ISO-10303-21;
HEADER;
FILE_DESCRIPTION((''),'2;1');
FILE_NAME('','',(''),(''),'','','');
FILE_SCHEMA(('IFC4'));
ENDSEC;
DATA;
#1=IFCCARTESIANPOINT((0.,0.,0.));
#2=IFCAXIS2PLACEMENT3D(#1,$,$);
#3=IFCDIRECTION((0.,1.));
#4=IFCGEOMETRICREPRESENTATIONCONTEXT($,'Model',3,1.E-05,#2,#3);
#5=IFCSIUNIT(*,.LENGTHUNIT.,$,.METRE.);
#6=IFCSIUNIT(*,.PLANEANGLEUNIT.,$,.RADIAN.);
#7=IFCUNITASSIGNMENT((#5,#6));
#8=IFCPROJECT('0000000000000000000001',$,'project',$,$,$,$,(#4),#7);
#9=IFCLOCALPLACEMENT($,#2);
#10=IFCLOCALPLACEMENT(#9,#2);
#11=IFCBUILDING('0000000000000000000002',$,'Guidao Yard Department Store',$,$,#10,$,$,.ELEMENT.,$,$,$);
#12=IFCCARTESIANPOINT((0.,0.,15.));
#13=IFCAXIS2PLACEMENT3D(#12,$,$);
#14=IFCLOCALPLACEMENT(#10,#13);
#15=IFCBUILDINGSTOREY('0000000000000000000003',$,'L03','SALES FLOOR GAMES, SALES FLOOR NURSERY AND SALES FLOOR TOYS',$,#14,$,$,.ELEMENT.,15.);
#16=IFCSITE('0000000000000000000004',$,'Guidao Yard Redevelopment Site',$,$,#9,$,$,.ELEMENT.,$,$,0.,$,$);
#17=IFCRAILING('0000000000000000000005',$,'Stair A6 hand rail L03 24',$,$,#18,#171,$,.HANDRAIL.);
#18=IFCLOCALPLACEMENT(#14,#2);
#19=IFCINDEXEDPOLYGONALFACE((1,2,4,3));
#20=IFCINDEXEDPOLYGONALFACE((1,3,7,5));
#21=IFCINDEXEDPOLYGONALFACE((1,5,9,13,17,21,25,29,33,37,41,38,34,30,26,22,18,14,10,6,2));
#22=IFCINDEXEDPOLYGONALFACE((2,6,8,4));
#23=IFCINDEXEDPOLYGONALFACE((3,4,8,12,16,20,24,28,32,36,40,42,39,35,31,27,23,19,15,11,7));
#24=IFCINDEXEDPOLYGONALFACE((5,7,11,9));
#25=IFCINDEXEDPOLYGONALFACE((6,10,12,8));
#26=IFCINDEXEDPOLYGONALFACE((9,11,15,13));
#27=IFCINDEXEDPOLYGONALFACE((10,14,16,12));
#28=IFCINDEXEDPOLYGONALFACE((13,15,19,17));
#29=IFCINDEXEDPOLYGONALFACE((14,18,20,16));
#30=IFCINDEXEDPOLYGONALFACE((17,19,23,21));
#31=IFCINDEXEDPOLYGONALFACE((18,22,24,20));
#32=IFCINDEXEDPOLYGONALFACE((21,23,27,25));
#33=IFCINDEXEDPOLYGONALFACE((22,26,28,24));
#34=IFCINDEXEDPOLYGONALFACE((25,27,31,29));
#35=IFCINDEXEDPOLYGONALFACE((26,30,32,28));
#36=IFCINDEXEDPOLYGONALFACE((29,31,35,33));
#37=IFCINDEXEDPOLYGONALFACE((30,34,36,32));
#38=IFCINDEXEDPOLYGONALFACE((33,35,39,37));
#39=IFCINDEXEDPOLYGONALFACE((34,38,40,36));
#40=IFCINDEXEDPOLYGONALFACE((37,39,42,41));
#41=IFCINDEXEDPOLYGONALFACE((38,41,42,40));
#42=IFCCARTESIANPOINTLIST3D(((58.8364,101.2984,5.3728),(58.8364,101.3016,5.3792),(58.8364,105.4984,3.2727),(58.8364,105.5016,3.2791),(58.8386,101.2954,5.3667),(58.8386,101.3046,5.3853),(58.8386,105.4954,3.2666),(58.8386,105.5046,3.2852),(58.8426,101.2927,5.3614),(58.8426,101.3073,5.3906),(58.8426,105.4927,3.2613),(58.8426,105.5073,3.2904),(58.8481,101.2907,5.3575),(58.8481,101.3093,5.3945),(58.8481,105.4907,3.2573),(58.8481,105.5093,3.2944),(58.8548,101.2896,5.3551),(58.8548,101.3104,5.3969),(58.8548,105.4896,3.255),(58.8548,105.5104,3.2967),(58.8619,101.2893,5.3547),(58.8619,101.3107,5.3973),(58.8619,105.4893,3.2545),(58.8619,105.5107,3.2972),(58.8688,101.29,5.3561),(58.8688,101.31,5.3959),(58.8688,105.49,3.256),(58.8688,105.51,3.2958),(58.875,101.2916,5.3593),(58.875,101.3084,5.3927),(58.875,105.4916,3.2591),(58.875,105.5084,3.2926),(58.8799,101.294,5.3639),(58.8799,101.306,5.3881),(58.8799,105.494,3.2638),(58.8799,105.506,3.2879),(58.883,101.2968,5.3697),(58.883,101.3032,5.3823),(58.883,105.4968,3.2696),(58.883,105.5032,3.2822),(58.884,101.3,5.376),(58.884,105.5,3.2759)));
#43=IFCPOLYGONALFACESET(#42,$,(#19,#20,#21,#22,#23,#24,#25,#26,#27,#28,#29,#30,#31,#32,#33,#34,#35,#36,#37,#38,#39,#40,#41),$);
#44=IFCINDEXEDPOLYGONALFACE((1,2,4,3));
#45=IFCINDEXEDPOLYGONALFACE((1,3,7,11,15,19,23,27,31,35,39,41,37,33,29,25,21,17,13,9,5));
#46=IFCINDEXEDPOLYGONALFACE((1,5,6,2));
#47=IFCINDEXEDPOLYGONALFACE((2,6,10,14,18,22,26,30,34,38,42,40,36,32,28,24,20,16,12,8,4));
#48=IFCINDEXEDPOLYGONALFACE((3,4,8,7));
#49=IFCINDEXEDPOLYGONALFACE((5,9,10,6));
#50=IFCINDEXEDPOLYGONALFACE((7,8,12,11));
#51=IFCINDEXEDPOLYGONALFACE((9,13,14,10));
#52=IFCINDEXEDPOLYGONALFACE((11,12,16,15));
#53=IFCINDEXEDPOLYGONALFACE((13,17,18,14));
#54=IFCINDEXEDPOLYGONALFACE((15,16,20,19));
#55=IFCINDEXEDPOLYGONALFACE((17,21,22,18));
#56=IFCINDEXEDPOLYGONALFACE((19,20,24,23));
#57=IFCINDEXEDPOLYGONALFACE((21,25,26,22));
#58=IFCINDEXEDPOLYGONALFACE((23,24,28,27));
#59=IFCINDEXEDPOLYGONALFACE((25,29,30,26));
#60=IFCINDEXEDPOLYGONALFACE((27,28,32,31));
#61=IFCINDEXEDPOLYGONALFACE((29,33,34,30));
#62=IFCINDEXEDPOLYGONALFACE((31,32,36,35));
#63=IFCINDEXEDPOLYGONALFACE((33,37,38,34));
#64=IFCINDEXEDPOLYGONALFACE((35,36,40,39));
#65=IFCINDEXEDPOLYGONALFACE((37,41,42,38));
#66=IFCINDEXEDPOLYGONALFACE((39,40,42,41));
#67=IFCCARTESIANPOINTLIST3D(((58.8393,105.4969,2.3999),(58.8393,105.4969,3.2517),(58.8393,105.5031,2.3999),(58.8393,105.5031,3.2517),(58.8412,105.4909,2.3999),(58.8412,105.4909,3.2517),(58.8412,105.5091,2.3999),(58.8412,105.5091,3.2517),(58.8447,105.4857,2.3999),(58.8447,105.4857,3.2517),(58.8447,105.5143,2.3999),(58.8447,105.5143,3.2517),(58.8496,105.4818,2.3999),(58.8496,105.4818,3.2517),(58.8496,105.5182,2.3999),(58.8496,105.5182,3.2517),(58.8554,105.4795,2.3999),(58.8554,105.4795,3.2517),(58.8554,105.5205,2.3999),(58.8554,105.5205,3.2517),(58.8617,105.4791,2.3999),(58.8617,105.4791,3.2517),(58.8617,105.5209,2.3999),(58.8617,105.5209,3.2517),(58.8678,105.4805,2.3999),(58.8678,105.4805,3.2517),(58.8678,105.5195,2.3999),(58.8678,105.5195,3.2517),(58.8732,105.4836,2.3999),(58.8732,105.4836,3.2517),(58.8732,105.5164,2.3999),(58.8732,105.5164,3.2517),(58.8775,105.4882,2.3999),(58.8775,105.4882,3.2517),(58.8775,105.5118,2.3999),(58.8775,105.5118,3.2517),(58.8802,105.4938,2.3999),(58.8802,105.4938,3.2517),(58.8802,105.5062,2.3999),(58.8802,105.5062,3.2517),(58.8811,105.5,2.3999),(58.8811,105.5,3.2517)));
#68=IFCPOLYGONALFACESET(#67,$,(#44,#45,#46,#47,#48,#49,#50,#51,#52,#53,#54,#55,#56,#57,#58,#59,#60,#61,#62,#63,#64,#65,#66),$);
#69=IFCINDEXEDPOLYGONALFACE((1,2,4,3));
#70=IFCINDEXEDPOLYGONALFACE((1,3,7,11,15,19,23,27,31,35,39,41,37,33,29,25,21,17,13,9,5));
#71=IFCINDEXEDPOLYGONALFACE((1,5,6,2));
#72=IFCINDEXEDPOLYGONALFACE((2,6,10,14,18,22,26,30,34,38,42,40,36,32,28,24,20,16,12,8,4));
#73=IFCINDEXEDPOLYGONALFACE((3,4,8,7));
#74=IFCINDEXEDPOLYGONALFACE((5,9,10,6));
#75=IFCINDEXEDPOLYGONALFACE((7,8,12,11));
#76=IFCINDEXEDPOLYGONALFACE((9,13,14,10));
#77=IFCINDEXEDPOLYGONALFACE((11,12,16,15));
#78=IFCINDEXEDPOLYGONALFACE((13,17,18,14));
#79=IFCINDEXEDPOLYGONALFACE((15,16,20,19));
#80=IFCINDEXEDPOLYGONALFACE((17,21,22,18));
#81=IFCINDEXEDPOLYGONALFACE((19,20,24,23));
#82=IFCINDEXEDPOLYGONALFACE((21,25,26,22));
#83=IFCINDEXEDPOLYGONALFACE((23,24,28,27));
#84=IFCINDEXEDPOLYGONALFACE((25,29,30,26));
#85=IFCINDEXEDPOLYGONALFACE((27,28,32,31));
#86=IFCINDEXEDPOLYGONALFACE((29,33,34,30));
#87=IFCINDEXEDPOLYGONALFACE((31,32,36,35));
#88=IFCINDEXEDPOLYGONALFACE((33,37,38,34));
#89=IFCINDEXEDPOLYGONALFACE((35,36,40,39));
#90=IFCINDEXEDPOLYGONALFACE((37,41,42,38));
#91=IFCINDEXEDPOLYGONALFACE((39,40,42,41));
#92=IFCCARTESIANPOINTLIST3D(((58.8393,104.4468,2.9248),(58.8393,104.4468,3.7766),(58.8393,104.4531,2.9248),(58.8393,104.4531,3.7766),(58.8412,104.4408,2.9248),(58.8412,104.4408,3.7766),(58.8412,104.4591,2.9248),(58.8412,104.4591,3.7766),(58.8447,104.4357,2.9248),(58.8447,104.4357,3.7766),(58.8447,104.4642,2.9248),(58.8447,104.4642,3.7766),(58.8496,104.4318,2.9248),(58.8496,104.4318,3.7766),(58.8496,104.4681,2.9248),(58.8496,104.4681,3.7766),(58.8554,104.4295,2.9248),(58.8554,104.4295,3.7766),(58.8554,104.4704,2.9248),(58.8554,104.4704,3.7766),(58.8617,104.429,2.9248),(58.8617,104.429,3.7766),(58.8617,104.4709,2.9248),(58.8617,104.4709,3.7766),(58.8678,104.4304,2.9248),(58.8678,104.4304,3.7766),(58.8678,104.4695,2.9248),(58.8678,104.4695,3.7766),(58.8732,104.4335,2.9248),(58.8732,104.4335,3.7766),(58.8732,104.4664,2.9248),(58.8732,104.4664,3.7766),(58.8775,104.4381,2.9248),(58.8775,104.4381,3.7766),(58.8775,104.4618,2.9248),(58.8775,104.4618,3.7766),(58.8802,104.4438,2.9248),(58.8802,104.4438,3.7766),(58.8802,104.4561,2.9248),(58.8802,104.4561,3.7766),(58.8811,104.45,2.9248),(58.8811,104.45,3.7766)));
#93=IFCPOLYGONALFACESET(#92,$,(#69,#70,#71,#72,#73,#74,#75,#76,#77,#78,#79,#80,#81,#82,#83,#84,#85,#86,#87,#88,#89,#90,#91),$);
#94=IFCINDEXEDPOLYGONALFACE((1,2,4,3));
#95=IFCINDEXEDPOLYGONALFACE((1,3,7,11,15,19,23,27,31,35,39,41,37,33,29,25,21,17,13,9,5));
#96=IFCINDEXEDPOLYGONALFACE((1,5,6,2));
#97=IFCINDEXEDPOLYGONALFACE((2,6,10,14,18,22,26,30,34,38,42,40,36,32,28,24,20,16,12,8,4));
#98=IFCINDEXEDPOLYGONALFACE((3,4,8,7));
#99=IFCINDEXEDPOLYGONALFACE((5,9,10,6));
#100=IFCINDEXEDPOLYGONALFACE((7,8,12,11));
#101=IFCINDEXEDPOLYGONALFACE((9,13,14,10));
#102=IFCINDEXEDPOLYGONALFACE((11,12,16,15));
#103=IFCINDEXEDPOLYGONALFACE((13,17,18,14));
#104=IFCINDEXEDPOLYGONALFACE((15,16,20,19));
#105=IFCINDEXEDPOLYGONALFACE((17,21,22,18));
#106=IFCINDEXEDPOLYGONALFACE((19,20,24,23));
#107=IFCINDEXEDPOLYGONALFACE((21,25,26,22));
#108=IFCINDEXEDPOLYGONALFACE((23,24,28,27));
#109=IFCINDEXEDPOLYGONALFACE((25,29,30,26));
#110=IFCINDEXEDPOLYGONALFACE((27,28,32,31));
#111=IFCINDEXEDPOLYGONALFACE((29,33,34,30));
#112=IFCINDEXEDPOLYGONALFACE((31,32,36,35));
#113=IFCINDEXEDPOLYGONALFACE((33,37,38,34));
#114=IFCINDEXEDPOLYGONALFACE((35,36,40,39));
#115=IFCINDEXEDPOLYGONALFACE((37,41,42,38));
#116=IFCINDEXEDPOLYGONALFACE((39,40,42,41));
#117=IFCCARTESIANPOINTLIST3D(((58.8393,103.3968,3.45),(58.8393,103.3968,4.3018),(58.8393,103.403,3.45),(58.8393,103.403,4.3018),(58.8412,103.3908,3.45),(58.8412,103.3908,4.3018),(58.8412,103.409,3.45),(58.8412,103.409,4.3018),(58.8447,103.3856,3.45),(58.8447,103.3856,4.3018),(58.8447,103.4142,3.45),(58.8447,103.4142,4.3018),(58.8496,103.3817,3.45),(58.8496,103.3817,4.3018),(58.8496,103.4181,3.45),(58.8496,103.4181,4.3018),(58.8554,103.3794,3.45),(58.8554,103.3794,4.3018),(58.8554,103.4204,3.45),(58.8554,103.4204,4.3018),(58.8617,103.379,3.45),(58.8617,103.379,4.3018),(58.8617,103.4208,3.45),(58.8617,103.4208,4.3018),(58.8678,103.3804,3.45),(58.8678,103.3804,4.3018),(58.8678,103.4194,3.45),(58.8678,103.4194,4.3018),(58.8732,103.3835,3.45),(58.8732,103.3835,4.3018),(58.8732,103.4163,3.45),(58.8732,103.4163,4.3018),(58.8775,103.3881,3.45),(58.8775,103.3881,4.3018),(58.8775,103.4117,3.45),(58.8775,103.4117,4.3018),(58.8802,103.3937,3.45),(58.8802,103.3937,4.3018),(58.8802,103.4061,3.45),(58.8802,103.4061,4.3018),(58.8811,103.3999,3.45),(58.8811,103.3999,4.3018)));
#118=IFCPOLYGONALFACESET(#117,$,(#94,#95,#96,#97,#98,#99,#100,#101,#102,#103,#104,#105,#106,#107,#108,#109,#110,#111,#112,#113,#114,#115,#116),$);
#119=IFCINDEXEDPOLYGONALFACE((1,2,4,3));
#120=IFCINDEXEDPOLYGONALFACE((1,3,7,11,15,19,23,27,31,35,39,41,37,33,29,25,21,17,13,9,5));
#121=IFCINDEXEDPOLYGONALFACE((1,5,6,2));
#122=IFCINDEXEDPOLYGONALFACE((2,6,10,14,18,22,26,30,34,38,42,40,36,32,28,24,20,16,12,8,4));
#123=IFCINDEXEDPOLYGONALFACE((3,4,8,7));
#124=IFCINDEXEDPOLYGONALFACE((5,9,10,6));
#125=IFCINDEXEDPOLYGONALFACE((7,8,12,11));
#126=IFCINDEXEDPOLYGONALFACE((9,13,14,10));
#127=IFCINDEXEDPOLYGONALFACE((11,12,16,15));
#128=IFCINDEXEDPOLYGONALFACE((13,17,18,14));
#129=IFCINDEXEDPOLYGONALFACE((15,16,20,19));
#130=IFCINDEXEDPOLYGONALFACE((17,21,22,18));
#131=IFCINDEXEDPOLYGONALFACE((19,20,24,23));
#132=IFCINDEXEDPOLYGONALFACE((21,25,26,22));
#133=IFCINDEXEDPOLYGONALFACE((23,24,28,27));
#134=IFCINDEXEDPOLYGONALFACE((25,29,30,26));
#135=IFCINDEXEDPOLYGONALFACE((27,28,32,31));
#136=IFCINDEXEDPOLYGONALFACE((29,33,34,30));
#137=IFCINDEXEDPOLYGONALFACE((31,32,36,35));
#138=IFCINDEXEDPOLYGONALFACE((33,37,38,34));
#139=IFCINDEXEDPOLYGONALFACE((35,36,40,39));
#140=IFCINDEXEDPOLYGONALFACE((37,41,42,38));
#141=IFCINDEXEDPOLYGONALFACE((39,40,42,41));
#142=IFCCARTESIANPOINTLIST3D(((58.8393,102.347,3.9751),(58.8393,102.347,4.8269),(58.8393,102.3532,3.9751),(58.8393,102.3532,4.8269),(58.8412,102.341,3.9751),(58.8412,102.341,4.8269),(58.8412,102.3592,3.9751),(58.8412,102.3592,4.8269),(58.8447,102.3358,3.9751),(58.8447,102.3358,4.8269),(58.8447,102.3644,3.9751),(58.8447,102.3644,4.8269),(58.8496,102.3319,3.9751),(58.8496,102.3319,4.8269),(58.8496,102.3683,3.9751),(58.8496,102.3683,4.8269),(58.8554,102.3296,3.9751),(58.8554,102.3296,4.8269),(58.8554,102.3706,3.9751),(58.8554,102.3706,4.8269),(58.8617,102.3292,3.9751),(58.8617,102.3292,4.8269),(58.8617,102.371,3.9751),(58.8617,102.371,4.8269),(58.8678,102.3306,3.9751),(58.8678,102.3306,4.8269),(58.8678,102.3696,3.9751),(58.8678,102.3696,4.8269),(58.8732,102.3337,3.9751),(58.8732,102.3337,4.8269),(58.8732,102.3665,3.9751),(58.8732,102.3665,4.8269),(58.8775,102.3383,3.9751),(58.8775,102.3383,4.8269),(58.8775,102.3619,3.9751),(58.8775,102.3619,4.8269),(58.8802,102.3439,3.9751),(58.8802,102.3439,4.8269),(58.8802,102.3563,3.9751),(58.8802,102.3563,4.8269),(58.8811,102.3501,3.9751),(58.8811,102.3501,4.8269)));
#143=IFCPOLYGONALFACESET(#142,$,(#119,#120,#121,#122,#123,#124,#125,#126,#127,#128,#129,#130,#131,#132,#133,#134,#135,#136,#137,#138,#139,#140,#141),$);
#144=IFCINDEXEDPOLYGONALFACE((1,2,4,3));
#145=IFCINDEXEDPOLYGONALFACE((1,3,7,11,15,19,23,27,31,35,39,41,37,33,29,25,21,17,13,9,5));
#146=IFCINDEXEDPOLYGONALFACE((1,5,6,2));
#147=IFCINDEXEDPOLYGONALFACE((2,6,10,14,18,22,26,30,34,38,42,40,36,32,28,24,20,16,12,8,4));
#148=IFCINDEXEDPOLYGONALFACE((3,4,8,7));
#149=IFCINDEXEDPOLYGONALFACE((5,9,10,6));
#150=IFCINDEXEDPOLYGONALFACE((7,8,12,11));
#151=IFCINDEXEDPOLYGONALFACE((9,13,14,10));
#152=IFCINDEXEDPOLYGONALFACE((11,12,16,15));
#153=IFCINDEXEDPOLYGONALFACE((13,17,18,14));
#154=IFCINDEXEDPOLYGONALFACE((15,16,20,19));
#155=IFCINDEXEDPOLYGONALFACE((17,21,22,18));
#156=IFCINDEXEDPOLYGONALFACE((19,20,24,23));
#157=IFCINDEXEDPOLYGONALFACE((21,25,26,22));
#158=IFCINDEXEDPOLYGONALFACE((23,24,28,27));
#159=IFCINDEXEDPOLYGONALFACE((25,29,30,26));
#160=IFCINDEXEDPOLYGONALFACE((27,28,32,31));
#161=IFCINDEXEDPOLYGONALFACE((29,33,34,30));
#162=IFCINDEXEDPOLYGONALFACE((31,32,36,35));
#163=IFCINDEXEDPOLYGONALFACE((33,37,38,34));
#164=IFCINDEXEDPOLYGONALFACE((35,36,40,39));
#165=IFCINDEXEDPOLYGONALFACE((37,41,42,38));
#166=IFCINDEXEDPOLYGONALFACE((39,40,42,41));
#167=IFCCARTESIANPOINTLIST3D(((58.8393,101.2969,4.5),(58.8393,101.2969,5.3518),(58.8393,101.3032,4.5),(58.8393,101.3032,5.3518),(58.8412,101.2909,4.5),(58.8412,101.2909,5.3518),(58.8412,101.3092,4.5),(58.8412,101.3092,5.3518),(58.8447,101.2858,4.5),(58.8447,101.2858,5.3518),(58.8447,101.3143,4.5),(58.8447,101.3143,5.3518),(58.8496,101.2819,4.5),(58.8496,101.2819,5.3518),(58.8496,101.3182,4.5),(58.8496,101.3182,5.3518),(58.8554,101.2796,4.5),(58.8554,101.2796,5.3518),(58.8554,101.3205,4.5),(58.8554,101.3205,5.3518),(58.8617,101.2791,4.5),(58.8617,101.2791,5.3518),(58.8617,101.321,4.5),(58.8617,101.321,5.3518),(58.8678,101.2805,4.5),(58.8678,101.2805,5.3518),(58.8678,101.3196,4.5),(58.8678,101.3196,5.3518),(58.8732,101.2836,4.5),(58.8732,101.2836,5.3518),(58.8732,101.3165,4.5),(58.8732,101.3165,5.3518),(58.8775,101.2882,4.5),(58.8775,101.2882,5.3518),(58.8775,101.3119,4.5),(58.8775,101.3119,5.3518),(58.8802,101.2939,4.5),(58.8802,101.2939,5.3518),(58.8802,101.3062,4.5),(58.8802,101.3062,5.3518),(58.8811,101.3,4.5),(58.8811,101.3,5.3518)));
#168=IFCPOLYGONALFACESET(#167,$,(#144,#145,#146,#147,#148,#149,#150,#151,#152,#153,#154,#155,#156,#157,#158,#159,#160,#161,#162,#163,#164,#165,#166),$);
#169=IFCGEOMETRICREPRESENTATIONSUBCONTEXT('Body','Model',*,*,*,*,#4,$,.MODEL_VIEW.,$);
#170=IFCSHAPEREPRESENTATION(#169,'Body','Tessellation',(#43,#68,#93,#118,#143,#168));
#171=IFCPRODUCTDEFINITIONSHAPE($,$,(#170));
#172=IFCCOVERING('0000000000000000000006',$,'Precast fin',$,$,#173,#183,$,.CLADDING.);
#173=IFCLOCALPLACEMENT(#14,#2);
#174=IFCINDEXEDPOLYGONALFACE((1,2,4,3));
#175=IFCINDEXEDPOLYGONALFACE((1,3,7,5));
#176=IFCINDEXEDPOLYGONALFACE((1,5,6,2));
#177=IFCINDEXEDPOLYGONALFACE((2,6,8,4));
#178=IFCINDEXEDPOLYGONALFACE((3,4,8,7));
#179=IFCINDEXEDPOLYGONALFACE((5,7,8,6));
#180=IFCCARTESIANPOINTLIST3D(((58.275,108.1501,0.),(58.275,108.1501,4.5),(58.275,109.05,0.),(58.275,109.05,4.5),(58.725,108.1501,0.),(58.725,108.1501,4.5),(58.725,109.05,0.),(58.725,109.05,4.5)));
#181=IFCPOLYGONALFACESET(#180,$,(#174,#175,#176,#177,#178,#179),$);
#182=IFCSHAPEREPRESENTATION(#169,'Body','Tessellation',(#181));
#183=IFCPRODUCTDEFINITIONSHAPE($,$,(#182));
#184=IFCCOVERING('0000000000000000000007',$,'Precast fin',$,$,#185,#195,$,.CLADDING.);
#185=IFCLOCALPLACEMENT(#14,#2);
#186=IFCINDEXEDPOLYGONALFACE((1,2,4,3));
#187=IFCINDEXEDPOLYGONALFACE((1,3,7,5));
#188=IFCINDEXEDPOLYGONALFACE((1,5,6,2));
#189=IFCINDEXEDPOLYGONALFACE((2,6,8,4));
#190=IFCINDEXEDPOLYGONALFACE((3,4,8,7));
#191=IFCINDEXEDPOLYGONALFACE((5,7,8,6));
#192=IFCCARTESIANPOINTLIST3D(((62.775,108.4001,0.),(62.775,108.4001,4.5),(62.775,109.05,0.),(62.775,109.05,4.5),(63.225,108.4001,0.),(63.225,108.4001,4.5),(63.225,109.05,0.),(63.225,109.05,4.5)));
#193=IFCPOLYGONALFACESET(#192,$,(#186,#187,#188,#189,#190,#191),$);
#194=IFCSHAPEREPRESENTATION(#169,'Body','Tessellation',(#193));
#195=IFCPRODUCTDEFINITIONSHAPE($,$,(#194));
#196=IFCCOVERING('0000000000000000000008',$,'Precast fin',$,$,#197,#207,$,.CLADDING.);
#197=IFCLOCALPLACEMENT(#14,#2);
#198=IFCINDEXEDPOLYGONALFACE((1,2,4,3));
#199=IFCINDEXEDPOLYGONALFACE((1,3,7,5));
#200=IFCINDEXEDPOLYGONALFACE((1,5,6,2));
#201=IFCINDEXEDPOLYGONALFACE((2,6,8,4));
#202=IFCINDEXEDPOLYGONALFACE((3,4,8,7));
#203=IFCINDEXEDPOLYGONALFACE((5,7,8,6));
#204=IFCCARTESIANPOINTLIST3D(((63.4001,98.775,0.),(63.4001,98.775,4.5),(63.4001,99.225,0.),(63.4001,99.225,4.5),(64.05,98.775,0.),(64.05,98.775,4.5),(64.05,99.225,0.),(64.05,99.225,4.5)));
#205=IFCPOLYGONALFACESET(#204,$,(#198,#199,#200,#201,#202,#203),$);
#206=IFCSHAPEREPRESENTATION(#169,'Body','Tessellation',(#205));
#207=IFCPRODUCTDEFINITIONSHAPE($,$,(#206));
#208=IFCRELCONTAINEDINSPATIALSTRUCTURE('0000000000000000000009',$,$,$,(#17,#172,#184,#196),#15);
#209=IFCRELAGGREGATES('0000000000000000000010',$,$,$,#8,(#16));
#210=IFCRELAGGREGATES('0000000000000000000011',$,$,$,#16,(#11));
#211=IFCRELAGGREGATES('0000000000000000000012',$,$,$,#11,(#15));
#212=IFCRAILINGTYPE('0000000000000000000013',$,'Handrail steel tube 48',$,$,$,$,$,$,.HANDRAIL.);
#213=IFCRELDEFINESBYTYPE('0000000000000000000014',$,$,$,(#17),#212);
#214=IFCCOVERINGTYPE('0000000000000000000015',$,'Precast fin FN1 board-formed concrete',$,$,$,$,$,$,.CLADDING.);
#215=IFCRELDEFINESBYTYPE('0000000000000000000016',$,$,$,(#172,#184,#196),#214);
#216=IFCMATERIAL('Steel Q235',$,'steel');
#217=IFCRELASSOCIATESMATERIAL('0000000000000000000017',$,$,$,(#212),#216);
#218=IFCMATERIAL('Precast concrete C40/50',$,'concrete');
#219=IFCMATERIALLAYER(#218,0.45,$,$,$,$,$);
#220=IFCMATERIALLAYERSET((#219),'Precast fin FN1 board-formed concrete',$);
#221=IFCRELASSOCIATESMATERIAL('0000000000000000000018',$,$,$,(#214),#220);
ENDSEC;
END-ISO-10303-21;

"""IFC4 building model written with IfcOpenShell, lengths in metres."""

from ifc_helpers import new_model, si_unit, direction, frame, origin, origin_2d, place, context, subcontext, project, spatial, rectangle, circle, extrude, material, layer, layer_set, type_object, element, save


model = new_model("IFC4")

# Units and contexts
model_context = context("Model", 3, precision=1e-05, world=origin(), true_north=direction((0.0, 1.0)))
body_context = subcontext(model_context, "Body", "Model", "MODEL_VIEW")
ifc_project = project(units=[si_unit("LENGTHUNIT", "METRE"), si_unit("PLANEANGLEUNIT", "RADIAN")], contexts=[model_context])

# Site, building, storey
site_placement = place(None, origin())
site = spatial("IfcSite", under=ifc_project, at=site_placement, Name="Guidao Yard Redevelopment Site", CompositionType="ELEMENT", RefElevation=0.0)
building_placement = place(site_placement, origin())
building = spatial("IfcBuilding", under=site, at=building_placement, Name="Guidao Yard Department Store", CompositionType="ELEMENT")
storey_placement = place(building_placement, frame((0.0, 0.0, 15.0)))
storey = spatial("IfcBuildingStorey", under=building, at=storey_placement, Name="L03", Description="SALES FLOOR GAMES, SALES FLOOR NURSERY AND SALES FLOOR TOYS", CompositionType="ELEMENT", Elevation=15.0)

# Railing
ifc_material_1 = material(Name="Steel Q235", Category="steel")
railing_type_1 = type_object("IfcRailingType", Name="Handrail steel tube 48", PredefinedType="HANDRAIL", material=ifc_material_1)
for number, where, name in (
    (1, (58.8601, 105.5, 2.3999), "Stair A6 hand rail L03 24"),
):
    element("IfcRailing", number, at=place(storey_placement, frame(where)), inside=storey, type_object=railing_type_1, Name=name, PredefinedType="HANDRAIL", context=body_context, shape_type="SweptSolid", body=[
        extrude(circle(Radius=0.0239, at=origin_2d()), frame((0.0, 0.0, 0.876), z_axis=(0.0, -0.894417, 0.447234), x_axis=(1.0, 0.0, 0.0)), (0.0, 0.0, 1.0), 4.6958),
        extrude(circle(Radius=0.021, at=origin_2d()), origin(), (0.0, 0.0, 1.0), 0.8518),
        extrude(circle(Radius=0.021, at=origin_2d()), frame((0.0, -1.05, 0.5249)), (0.0, 0.0, 1.0), 0.8518),
        extrude(circle(Radius=0.021, at=origin_2d()), frame((0.0, -2.1001, 1.05)), (0.0, 0.0, 1.0), 0.8518),
        extrude(circle(Radius=0.021, at=origin_2d()), frame((0.0, -3.1499, 1.5752)), (0.0, 0.0, 1.0), 0.8518),
        extrude(circle(Radius=0.021, at=origin_2d()), frame((0.0, -4.2, 2.1001)), (0.0, 0.0, 1.0), 0.8518),
    ])

# Coverings
ifc_material_2 = material(Name="Precast concrete C40/50", Category="concrete")
ifc_layer_1 = layer(ifc_material_2, 0.45)
ifc_layer_set_1 = layer_set([ifc_layer_1], Name="Precast fin FN1 board-formed concrete")
covering_type = type_object("IfcCoveringType", Name="Precast fin FN1 board-formed concrete", PredefinedType="CLADDING", material=ifc_layer_set_1)
covering_placement = place(storey_placement, frame((58.5, 108.6001, 0.0), z_axis=(0.0, 0.0, 1.0), x_axis=(1.0, 0.0, 0.0)))
element("IfcCovering", 2, at=covering_placement, inside=storey, type_object=covering_type, Name="Precast fin", PredefinedType="CLADDING", context=body_context, shape_type="SweptSolid", body=[
    extrude(rectangle(XDim=0.45, YDim=0.8999, at=origin_2d()), origin(), (0.0, 0.0, 1.0), 4.5),
])
for number, where, z_axis, x_axis, name in (
    (3, (63.0, 108.7251, 0.0), (0.0, 0.0, 1.0), (1.0, 0.0, 0.0), "Precast fin"),
    (4, (63.7251, 99.0, 0.0), (0.0, 0.0, 1.0), (0.0, -1.0, 0.0), "Precast fin"),
):
    element("IfcCovering", number, at=place(storey_placement, frame(where, z_axis=z_axis, x_axis=x_axis)), inside=storey, type_object=covering_type, Name=name, PredefinedType="CLADDING", context=body_context, shape_type="SweptSolid", body=[
        extrude(rectangle(XDim=0.45, YDim=0.6499, at=origin_2d()), origin(), (0.0, 0.0, 1.0), 4.5),
    ])

save(model, "model.ifc")
